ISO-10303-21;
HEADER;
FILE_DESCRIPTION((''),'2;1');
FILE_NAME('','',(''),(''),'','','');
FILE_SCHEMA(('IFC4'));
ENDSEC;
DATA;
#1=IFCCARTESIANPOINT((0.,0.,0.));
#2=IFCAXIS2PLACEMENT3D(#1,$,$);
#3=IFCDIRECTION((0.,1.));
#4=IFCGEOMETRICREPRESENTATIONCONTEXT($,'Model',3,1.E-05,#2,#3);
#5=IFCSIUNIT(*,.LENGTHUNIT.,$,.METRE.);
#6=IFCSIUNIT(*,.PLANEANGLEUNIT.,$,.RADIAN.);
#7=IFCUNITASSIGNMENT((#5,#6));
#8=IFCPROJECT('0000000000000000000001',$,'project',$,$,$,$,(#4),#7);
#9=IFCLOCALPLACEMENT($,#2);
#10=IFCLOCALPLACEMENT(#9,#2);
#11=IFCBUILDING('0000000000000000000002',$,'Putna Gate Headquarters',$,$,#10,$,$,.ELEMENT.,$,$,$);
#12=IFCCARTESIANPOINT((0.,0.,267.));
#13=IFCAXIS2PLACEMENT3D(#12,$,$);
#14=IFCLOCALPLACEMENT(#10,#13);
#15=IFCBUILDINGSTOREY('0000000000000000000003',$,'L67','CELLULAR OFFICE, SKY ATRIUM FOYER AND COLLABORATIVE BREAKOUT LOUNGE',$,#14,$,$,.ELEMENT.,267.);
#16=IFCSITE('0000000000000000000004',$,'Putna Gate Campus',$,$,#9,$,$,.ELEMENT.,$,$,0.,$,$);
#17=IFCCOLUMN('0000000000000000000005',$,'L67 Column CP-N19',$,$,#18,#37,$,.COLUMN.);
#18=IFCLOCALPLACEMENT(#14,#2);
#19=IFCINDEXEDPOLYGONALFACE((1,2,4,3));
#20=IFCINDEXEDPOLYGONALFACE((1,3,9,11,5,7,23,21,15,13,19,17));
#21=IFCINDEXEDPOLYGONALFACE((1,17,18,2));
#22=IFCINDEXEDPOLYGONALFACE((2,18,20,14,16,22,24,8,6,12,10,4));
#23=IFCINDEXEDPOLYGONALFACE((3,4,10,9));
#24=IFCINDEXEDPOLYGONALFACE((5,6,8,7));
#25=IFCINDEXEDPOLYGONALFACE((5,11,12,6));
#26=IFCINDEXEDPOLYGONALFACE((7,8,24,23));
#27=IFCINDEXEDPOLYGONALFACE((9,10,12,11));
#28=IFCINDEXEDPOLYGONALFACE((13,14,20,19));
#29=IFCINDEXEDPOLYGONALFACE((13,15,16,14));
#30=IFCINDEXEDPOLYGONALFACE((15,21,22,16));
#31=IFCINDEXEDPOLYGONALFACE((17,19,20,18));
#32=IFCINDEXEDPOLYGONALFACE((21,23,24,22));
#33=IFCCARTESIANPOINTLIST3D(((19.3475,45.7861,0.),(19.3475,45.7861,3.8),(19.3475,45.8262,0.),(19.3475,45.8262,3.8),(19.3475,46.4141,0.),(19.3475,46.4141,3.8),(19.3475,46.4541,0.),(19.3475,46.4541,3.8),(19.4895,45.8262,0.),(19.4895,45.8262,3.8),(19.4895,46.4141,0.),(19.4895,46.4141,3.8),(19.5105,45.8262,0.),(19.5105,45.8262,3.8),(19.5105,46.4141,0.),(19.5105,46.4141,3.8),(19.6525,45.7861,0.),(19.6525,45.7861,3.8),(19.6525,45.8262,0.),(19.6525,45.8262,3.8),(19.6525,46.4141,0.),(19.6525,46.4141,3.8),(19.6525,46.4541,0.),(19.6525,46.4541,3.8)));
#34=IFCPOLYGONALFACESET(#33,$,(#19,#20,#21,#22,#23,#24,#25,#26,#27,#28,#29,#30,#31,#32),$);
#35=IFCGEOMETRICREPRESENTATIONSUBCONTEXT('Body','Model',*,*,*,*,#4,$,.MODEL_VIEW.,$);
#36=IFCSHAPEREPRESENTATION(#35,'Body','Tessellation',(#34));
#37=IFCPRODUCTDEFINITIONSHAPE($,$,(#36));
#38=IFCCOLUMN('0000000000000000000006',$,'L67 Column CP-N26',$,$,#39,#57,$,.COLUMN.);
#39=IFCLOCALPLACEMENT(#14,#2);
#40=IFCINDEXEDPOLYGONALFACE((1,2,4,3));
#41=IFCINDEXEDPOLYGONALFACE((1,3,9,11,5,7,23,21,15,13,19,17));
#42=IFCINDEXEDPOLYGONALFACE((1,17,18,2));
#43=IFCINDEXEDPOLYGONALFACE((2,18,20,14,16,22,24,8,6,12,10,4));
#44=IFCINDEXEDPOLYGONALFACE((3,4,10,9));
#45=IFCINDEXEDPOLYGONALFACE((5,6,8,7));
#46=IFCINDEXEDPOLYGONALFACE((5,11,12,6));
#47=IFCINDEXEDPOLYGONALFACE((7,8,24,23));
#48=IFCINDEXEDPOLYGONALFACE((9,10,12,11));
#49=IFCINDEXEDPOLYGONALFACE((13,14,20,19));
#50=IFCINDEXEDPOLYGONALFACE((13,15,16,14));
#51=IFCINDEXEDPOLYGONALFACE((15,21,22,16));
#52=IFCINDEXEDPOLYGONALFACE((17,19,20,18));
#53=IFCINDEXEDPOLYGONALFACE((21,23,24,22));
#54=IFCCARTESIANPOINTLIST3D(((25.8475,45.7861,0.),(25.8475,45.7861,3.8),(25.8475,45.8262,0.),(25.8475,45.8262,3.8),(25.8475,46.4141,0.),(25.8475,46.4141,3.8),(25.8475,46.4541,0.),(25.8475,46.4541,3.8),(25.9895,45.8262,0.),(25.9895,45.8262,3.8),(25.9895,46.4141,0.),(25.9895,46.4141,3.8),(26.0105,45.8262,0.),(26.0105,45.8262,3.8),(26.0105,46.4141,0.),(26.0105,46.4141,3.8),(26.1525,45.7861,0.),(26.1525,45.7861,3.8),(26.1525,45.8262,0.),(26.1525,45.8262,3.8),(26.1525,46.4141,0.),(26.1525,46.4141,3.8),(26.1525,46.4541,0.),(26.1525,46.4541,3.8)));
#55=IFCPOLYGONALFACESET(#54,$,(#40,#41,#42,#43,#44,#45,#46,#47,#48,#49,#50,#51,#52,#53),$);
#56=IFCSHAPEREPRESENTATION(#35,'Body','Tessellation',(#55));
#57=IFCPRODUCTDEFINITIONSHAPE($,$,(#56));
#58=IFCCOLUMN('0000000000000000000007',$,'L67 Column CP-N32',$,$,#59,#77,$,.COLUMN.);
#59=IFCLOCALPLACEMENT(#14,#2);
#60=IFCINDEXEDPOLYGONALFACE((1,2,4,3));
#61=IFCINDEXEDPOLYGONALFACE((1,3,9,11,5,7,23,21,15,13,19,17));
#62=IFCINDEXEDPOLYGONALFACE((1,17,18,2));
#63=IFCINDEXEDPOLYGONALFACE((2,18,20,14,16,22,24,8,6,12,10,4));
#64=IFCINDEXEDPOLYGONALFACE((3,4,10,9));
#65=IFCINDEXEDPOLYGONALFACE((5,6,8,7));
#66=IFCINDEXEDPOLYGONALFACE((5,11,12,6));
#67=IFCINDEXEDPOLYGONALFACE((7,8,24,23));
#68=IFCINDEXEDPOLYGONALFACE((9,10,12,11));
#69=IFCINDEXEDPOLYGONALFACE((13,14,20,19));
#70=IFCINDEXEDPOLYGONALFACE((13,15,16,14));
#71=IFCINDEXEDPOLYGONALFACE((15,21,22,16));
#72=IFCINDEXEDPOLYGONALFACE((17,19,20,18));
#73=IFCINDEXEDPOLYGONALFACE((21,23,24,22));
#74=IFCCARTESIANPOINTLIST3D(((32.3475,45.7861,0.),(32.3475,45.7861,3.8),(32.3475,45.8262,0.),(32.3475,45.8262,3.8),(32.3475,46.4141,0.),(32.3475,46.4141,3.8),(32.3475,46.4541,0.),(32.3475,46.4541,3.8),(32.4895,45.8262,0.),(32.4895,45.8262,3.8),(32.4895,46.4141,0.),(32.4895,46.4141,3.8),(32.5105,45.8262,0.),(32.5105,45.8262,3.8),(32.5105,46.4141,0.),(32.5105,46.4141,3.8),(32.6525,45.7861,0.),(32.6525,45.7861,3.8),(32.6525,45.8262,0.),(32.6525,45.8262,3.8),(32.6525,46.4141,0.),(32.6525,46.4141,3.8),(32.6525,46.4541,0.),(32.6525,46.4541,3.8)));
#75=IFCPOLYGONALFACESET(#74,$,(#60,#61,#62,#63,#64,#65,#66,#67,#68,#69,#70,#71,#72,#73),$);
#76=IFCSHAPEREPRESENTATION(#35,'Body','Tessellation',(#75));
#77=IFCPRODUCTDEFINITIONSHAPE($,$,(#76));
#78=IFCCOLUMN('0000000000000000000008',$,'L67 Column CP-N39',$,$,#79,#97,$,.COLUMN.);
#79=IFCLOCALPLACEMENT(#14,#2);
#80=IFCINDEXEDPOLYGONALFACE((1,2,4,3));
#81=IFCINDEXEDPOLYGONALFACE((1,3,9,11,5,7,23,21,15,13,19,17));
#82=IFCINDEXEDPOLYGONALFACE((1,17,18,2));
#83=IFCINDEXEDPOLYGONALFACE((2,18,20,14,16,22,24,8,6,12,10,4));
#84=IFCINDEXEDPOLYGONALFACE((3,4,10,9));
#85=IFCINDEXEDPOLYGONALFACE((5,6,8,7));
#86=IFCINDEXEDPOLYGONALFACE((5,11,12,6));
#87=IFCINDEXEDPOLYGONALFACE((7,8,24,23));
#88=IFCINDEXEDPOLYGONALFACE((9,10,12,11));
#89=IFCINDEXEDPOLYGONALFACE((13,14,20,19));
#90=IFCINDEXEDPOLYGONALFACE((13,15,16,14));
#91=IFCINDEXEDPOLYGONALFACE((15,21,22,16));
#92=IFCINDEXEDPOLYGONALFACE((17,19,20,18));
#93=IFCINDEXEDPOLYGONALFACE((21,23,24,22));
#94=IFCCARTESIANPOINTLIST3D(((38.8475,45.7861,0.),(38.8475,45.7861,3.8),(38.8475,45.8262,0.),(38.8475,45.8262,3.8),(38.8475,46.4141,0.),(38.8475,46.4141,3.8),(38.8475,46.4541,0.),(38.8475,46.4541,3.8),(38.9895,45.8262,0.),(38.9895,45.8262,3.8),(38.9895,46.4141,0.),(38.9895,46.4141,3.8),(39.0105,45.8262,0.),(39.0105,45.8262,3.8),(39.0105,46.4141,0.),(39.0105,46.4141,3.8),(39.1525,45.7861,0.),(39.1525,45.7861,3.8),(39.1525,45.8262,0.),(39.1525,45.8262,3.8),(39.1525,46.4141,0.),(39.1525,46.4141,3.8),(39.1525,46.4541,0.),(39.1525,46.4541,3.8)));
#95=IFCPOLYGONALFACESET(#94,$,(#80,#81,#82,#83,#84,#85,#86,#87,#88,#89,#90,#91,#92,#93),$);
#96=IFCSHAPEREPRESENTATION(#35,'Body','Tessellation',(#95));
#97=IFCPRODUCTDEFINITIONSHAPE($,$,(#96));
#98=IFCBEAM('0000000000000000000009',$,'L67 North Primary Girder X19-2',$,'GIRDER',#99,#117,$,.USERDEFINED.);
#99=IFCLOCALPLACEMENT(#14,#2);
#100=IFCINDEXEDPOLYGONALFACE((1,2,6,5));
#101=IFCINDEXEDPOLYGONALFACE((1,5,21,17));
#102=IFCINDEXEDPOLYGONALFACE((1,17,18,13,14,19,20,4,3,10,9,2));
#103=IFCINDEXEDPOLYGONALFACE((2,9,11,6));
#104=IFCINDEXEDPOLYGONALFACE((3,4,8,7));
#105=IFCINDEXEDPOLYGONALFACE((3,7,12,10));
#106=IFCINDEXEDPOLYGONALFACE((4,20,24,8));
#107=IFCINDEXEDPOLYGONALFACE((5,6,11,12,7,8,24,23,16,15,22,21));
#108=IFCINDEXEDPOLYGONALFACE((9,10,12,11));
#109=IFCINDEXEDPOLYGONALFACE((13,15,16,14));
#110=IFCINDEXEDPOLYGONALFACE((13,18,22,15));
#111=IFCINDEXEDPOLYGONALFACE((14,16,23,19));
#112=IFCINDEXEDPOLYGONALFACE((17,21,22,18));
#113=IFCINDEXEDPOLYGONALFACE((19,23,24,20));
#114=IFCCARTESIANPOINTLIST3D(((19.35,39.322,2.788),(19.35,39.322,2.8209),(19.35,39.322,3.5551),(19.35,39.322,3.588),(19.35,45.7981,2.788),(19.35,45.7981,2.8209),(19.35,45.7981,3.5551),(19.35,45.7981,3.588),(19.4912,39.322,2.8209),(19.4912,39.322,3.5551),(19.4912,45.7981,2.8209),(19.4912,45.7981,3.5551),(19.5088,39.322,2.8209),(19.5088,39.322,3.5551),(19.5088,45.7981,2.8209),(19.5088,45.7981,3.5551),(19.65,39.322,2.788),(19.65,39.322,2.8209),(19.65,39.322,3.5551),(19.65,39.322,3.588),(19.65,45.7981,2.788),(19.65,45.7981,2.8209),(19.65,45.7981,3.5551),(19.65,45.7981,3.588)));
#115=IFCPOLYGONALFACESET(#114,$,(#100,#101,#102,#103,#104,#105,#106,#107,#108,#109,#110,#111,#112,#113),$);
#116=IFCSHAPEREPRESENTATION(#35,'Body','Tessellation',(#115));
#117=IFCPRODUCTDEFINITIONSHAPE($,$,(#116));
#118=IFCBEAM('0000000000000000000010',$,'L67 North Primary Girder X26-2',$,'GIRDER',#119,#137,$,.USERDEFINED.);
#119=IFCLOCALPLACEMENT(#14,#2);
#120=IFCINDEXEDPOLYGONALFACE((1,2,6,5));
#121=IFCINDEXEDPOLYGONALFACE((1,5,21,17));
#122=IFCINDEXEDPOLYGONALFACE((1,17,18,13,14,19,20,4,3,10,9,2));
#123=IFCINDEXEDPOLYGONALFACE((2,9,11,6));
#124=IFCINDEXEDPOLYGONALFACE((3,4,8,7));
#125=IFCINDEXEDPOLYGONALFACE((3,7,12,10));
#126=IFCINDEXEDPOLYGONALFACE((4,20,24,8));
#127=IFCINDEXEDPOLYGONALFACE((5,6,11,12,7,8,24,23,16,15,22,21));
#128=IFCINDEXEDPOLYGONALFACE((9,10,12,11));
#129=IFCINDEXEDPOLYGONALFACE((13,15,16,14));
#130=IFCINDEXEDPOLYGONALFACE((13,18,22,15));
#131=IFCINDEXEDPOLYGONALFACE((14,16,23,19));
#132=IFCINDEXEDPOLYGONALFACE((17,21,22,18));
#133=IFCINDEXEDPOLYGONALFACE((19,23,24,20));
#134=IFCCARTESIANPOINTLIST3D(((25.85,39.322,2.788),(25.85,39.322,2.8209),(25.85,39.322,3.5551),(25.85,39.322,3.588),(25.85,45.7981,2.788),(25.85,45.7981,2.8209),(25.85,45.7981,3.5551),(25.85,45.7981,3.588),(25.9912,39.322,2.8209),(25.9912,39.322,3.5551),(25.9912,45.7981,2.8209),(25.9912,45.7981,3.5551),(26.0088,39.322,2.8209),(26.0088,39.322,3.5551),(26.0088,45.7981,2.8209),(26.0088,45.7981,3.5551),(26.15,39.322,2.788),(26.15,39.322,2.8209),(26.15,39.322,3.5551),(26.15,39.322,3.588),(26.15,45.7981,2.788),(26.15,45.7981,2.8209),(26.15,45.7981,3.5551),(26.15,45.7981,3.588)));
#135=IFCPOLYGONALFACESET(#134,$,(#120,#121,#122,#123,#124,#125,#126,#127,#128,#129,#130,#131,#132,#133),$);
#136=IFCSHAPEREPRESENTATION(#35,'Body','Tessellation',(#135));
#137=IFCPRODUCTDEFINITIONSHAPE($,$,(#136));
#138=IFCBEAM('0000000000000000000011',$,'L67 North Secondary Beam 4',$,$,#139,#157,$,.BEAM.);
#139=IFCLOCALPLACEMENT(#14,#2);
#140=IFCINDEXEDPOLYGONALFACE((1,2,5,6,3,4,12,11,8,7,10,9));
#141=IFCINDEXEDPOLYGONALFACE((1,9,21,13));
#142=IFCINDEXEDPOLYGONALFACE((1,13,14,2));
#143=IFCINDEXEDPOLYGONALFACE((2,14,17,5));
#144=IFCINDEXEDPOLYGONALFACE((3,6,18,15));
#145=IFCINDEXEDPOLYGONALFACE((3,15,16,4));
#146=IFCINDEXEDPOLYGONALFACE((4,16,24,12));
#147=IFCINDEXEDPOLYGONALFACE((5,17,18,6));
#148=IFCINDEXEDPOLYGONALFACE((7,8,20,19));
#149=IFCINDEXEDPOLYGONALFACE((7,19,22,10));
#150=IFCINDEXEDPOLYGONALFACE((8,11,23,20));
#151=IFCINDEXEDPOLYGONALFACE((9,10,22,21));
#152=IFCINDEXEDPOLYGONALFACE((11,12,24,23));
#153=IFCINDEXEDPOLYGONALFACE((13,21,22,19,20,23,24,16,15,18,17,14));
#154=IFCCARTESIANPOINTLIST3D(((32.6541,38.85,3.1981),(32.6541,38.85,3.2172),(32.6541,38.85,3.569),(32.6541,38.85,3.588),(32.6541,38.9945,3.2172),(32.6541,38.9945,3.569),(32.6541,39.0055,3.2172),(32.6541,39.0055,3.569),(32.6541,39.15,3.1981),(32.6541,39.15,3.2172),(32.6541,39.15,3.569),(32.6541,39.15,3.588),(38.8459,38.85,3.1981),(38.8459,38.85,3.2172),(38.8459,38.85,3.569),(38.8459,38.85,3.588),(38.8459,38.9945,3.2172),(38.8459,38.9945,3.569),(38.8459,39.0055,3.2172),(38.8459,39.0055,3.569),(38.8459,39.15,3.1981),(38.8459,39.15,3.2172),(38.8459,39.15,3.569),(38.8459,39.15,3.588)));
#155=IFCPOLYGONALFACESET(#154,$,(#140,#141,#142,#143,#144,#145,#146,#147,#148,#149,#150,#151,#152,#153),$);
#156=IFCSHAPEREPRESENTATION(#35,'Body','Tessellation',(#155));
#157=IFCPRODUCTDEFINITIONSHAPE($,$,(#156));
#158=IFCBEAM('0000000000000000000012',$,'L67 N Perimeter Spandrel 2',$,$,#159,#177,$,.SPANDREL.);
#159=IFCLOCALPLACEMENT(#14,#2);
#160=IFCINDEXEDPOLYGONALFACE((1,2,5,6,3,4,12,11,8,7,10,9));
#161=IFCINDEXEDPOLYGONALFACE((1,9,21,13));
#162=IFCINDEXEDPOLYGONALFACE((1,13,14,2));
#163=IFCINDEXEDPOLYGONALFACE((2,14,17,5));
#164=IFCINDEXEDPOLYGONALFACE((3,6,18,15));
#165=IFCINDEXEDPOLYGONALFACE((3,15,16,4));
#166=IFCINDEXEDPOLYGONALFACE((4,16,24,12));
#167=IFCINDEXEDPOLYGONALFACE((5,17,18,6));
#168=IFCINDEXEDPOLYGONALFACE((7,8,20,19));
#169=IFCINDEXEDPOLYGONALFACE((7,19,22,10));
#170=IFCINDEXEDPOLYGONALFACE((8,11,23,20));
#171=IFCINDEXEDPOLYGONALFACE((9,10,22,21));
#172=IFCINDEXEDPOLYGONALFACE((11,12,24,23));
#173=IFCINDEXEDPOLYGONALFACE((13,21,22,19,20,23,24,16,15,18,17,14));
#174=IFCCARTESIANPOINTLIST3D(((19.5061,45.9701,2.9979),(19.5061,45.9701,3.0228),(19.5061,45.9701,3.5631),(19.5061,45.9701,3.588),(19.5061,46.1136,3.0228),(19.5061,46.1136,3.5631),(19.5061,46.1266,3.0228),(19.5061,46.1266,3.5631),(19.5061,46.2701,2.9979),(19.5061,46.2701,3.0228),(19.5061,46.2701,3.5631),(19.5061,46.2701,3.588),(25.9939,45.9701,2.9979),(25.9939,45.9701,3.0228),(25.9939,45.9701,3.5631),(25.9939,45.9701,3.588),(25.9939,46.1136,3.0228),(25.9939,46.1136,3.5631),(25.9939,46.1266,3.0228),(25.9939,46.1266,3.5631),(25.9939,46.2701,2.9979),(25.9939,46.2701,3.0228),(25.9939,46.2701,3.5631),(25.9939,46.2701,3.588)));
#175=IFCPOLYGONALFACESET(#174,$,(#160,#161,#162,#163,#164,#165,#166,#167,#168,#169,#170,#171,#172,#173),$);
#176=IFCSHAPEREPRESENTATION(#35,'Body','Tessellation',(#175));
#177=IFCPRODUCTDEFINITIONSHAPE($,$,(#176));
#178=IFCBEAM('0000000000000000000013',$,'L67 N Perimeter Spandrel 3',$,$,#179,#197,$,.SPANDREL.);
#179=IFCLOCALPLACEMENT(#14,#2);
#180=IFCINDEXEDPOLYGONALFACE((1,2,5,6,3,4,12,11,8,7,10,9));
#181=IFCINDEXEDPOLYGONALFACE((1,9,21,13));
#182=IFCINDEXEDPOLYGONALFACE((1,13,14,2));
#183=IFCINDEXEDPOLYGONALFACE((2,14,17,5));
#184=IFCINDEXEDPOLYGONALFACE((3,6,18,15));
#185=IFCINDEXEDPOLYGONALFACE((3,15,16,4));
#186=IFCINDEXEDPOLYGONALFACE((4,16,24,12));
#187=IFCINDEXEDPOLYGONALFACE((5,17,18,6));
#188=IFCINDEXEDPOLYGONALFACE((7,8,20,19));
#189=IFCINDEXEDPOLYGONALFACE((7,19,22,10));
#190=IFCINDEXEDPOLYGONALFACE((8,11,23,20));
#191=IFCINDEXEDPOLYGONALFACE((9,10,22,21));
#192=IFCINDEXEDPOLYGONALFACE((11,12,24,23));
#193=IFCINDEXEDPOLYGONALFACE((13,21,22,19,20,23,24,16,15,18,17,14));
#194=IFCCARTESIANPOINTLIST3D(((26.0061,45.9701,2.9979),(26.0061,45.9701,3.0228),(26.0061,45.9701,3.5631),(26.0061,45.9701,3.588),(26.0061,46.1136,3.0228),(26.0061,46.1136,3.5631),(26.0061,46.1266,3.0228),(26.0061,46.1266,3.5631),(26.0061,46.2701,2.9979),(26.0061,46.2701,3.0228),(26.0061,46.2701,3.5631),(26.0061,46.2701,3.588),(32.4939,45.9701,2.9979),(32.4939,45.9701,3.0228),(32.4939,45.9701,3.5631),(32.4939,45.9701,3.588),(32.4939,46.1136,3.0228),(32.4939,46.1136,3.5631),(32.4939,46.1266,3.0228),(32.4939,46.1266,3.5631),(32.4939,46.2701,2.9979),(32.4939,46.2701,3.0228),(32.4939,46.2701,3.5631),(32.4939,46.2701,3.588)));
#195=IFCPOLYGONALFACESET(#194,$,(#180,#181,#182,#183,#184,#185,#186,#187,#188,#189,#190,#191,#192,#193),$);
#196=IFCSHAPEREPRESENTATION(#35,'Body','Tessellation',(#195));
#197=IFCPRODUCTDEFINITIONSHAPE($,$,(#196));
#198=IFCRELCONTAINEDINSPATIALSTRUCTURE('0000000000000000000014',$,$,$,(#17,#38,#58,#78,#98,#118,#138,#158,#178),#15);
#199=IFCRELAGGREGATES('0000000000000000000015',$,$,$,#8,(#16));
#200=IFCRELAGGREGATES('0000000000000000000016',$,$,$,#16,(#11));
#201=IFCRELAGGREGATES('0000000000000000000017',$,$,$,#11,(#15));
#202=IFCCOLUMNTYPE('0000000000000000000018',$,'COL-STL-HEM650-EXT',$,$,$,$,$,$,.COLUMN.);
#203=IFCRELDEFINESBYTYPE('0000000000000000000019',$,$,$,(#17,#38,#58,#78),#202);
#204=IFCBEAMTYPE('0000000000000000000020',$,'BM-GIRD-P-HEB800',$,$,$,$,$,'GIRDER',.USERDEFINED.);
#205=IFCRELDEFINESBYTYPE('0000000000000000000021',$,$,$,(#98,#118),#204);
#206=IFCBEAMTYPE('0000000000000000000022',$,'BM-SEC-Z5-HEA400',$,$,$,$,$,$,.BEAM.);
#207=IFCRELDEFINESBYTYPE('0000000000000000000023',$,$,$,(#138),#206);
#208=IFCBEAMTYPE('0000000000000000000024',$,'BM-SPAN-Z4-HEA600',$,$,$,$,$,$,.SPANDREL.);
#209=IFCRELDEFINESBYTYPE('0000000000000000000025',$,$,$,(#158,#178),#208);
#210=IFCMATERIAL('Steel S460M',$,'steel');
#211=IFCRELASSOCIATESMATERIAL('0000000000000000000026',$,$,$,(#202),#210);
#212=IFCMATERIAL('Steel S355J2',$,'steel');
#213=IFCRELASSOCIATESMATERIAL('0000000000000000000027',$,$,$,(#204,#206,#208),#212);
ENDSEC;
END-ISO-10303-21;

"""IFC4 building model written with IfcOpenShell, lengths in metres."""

from ifc_helpers import new_model, si_unit, direction, frame, origin, origin_2d, place, context, subcontext, project, spatial, i_section, extrude, material, material_profile, profile_set, type_object, element, save


model = new_model("IFC4")

# Units and contexts
model_context = context("Model", 3, precision=1e-05, world=origin(), true_north=direction((0.0, 1.0)))
body_context = subcontext(model_context, "Body", "Model", "MODEL_VIEW")
ifc_project = project(units=[si_unit("LENGTHUNIT", "METRE"), si_unit("PLANEANGLEUNIT", "RADIAN")], contexts=[model_context])

# Site, building, storey
site_placement = place(None, origin())
site = spatial("IfcSite", under=ifc_project, at=site_placement, Name="Putna Gate Campus", CompositionType="ELEMENT", RefElevation=0.0)
building_placement = place(site_placement, origin())
building = spatial("IfcBuilding", under=site, at=building_placement, Name="Putna Gate Headquarters", CompositionType="ELEMENT")
storey_placement = place(building_placement, frame((0.0, 0.0, 267.0)))
storey = spatial("IfcBuildingStorey", under=building, at=storey_placement, Name="L67", Description="CELLULAR OFFICE, SKY ATRIUM FOYER AND COLLABORATIVE BREAKOUT LOUNGE", CompositionType="ELEMENT", Elevation=267.0)

# Columns
ifc_material_1 = material(Name="Steel S460M", Category="steel")
ifc_material_profile_1 = material_profile(ifc_material_1, i_section(OverallWidth=0.3049, OverallDepth=0.668, WebThickness=0.021, FlangeThickness=0.04, at=origin_2d()), Name="Steel S460M")
ifc_profile_set_1 = profile_set([ifc_material_profile_1], Name="Steel S460M")
column_type = type_object("IfcColumnType", Name="COL-STL-HEM650-EXT", PredefinedType="COLUMN", material=ifc_profile_set_1)
for number, where, z_axis, x_axis, name in (
    (1, (19.5, 46.1201, 0.0), (0.0, 0.0, 1.0), (1.0, 0.0, 0.0), "L67 Column CP-N19"),
    (2, (26.0, 46.1201, 0.0), (0.0, 0.0, 1.0), (1.0, 0.0, 0.0), "L67 Column CP-N26"),
    (3, (32.5, 46.1201, 0.0), (0.0, 0.0, 1.0), (1.0, 0.0, 0.0), "L67 Column CP-N32"),
    (4, (39.0, 46.1201, 0.0), (0.0, 0.0, 1.0), (1.0, 0.0, 0.0), "L67 Column CP-N39"),
):
    element("IfcColumn", number, at=place(storey_placement, frame(where, z_axis=z_axis, x_axis=x_axis)), inside=storey, type_object=column_type, Name=name, PredefinedType="COLUMN", context=body_context, shape_type="SweptSolid", body=[
        extrude(i_section(OverallWidth=0.3049, OverallDepth=0.668, WebThickness=0.021, FlangeThickness=0.04, at=origin_2d()), origin(), (0.0, 0.0, 1.0), 3.8),
    ])

# Beams
ifc_material_2 = material(Name="Steel S355J2", Category="steel")
ifc_material_profile_2 = material_profile(ifc_material_2, i_section(OverallWidth=0.3, OverallDepth=0.8, WebThickness=0.0176, FlangeThickness=0.033, at=origin_2d()), Name="Steel S355J2")
ifc_profile_set_2 = profile_set([ifc_material_profile_2], Name="Steel S355J2")
beam_type_1 = type_object("IfcBeamType", Name="BM-GIRD-P-HEB800", ElementType="GIRDER", PredefinedType="USERDEFINED", material=ifc_profile_set_2)
for number, where, z_axis, x_axis, name in (
    (5, (19.5, 39.322, 3.188), (0.0, 1.0, 0.0), (-1.0, 0.0, 0.0), "L67 North Primary Girder X19-2"),
    (6, (26.0, 39.322, 3.188), (0.0, 1.0, 0.0), (-1.0, 0.0, 0.0), "L67 North Primary Girder X26-2"),
):
    element("IfcBeam", number, at=place(storey_placement, frame(where, z_axis=z_axis, x_axis=x_axis)), inside=storey, type_object=beam_type_1, Name=name, ObjectType="GIRDER", PredefinedType="USERDEFINED", context=body_context, shape_type="SweptSolid", body=[
        extrude(i_section(OverallWidth=0.3, OverallDepth=0.8, WebThickness=0.0176, FlangeThickness=0.033, at=origin_2d()), origin(), (0.0, 0.0, 1.0), 6.4761),
    ])
ifc_material_profile_3 = material_profile(ifc_material_2, i_section(OverallWidth=0.3, OverallDepth=0.3899, WebThickness=0.011, FlangeThickness=0.019, at=origin_2d()), Name="Steel S355J2")
ifc_profile_set_3 = profile_set([ifc_material_profile_3], Name="Steel S355J2")
beam_type_2 = type_object("IfcBeamType", Name="BM-SEC-Z5-HEA400", PredefinedType="BEAM", material=ifc_profile_set_3)
beam_placement = place(storey_placement, frame((32.6541, 39.0, 3.3931), z_axis=(1.0, 0.0, 0.0), x_axis=(0.0, 1.0, 0.0)))
element("IfcBeam", 7, at=beam_placement, inside=storey, type_object=beam_type_2, Name="L67 North Secondary Beam 4", PredefinedType="BEAM", context=body_context, shape_type="SweptSolid", body=[
    extrude(i_section(OverallWidth=0.3, OverallDepth=0.3899, WebThickness=0.011, FlangeThickness=0.019, at=origin_2d()), origin(), (0.0, 0.0, 1.0), 6.1919),
])
ifc_material_profile_4 = material_profile(ifc_material_2, i_section(OverallWidth=0.3, OverallDepth=0.5901, WebThickness=0.0129, FlangeThickness=0.0249, at=origin_2d()), Name="Steel S355J2")
ifc_profile_set_4 = profile_set([ifc_material_profile_4], Name="Steel S355J2")
beam_type_3 = type_object("IfcBeamType", Name="BM-SPAN-Z4-HEA600", PredefinedType="SPANDREL", material=ifc_profile_set_4)
for number, where, z_axis, x_axis, name in (
    (8, (19.5061, 46.1201, 3.293), (1.0, 0.0, 0.0), (0.0, 1.0, 0.0), "L67 N Perimeter Spandrel 2"),
    (9, (26.0061, 46.1201, 3.293), (1.0, 0.0, 0.0), (0.0, 1.0, 0.0), "L67 N Perimeter Spandrel 3"),
):
    element("IfcBeam", number, at=place(storey_placement, frame(where, z_axis=z_axis, x_axis=x_axis)), inside=storey, type_object=beam_type_3, Name=name, PredefinedType="SPANDREL", context=body_context, shape_type="SweptSolid", body=[
        extrude(i_section(OverallWidth=0.3, OverallDepth=0.5901, WebThickness=0.0129, FlangeThickness=0.0249, at=origin_2d()), origin(), (0.0, 0.0, 1.0), 6.4878),
    ])

save(model, "model.ifc")
